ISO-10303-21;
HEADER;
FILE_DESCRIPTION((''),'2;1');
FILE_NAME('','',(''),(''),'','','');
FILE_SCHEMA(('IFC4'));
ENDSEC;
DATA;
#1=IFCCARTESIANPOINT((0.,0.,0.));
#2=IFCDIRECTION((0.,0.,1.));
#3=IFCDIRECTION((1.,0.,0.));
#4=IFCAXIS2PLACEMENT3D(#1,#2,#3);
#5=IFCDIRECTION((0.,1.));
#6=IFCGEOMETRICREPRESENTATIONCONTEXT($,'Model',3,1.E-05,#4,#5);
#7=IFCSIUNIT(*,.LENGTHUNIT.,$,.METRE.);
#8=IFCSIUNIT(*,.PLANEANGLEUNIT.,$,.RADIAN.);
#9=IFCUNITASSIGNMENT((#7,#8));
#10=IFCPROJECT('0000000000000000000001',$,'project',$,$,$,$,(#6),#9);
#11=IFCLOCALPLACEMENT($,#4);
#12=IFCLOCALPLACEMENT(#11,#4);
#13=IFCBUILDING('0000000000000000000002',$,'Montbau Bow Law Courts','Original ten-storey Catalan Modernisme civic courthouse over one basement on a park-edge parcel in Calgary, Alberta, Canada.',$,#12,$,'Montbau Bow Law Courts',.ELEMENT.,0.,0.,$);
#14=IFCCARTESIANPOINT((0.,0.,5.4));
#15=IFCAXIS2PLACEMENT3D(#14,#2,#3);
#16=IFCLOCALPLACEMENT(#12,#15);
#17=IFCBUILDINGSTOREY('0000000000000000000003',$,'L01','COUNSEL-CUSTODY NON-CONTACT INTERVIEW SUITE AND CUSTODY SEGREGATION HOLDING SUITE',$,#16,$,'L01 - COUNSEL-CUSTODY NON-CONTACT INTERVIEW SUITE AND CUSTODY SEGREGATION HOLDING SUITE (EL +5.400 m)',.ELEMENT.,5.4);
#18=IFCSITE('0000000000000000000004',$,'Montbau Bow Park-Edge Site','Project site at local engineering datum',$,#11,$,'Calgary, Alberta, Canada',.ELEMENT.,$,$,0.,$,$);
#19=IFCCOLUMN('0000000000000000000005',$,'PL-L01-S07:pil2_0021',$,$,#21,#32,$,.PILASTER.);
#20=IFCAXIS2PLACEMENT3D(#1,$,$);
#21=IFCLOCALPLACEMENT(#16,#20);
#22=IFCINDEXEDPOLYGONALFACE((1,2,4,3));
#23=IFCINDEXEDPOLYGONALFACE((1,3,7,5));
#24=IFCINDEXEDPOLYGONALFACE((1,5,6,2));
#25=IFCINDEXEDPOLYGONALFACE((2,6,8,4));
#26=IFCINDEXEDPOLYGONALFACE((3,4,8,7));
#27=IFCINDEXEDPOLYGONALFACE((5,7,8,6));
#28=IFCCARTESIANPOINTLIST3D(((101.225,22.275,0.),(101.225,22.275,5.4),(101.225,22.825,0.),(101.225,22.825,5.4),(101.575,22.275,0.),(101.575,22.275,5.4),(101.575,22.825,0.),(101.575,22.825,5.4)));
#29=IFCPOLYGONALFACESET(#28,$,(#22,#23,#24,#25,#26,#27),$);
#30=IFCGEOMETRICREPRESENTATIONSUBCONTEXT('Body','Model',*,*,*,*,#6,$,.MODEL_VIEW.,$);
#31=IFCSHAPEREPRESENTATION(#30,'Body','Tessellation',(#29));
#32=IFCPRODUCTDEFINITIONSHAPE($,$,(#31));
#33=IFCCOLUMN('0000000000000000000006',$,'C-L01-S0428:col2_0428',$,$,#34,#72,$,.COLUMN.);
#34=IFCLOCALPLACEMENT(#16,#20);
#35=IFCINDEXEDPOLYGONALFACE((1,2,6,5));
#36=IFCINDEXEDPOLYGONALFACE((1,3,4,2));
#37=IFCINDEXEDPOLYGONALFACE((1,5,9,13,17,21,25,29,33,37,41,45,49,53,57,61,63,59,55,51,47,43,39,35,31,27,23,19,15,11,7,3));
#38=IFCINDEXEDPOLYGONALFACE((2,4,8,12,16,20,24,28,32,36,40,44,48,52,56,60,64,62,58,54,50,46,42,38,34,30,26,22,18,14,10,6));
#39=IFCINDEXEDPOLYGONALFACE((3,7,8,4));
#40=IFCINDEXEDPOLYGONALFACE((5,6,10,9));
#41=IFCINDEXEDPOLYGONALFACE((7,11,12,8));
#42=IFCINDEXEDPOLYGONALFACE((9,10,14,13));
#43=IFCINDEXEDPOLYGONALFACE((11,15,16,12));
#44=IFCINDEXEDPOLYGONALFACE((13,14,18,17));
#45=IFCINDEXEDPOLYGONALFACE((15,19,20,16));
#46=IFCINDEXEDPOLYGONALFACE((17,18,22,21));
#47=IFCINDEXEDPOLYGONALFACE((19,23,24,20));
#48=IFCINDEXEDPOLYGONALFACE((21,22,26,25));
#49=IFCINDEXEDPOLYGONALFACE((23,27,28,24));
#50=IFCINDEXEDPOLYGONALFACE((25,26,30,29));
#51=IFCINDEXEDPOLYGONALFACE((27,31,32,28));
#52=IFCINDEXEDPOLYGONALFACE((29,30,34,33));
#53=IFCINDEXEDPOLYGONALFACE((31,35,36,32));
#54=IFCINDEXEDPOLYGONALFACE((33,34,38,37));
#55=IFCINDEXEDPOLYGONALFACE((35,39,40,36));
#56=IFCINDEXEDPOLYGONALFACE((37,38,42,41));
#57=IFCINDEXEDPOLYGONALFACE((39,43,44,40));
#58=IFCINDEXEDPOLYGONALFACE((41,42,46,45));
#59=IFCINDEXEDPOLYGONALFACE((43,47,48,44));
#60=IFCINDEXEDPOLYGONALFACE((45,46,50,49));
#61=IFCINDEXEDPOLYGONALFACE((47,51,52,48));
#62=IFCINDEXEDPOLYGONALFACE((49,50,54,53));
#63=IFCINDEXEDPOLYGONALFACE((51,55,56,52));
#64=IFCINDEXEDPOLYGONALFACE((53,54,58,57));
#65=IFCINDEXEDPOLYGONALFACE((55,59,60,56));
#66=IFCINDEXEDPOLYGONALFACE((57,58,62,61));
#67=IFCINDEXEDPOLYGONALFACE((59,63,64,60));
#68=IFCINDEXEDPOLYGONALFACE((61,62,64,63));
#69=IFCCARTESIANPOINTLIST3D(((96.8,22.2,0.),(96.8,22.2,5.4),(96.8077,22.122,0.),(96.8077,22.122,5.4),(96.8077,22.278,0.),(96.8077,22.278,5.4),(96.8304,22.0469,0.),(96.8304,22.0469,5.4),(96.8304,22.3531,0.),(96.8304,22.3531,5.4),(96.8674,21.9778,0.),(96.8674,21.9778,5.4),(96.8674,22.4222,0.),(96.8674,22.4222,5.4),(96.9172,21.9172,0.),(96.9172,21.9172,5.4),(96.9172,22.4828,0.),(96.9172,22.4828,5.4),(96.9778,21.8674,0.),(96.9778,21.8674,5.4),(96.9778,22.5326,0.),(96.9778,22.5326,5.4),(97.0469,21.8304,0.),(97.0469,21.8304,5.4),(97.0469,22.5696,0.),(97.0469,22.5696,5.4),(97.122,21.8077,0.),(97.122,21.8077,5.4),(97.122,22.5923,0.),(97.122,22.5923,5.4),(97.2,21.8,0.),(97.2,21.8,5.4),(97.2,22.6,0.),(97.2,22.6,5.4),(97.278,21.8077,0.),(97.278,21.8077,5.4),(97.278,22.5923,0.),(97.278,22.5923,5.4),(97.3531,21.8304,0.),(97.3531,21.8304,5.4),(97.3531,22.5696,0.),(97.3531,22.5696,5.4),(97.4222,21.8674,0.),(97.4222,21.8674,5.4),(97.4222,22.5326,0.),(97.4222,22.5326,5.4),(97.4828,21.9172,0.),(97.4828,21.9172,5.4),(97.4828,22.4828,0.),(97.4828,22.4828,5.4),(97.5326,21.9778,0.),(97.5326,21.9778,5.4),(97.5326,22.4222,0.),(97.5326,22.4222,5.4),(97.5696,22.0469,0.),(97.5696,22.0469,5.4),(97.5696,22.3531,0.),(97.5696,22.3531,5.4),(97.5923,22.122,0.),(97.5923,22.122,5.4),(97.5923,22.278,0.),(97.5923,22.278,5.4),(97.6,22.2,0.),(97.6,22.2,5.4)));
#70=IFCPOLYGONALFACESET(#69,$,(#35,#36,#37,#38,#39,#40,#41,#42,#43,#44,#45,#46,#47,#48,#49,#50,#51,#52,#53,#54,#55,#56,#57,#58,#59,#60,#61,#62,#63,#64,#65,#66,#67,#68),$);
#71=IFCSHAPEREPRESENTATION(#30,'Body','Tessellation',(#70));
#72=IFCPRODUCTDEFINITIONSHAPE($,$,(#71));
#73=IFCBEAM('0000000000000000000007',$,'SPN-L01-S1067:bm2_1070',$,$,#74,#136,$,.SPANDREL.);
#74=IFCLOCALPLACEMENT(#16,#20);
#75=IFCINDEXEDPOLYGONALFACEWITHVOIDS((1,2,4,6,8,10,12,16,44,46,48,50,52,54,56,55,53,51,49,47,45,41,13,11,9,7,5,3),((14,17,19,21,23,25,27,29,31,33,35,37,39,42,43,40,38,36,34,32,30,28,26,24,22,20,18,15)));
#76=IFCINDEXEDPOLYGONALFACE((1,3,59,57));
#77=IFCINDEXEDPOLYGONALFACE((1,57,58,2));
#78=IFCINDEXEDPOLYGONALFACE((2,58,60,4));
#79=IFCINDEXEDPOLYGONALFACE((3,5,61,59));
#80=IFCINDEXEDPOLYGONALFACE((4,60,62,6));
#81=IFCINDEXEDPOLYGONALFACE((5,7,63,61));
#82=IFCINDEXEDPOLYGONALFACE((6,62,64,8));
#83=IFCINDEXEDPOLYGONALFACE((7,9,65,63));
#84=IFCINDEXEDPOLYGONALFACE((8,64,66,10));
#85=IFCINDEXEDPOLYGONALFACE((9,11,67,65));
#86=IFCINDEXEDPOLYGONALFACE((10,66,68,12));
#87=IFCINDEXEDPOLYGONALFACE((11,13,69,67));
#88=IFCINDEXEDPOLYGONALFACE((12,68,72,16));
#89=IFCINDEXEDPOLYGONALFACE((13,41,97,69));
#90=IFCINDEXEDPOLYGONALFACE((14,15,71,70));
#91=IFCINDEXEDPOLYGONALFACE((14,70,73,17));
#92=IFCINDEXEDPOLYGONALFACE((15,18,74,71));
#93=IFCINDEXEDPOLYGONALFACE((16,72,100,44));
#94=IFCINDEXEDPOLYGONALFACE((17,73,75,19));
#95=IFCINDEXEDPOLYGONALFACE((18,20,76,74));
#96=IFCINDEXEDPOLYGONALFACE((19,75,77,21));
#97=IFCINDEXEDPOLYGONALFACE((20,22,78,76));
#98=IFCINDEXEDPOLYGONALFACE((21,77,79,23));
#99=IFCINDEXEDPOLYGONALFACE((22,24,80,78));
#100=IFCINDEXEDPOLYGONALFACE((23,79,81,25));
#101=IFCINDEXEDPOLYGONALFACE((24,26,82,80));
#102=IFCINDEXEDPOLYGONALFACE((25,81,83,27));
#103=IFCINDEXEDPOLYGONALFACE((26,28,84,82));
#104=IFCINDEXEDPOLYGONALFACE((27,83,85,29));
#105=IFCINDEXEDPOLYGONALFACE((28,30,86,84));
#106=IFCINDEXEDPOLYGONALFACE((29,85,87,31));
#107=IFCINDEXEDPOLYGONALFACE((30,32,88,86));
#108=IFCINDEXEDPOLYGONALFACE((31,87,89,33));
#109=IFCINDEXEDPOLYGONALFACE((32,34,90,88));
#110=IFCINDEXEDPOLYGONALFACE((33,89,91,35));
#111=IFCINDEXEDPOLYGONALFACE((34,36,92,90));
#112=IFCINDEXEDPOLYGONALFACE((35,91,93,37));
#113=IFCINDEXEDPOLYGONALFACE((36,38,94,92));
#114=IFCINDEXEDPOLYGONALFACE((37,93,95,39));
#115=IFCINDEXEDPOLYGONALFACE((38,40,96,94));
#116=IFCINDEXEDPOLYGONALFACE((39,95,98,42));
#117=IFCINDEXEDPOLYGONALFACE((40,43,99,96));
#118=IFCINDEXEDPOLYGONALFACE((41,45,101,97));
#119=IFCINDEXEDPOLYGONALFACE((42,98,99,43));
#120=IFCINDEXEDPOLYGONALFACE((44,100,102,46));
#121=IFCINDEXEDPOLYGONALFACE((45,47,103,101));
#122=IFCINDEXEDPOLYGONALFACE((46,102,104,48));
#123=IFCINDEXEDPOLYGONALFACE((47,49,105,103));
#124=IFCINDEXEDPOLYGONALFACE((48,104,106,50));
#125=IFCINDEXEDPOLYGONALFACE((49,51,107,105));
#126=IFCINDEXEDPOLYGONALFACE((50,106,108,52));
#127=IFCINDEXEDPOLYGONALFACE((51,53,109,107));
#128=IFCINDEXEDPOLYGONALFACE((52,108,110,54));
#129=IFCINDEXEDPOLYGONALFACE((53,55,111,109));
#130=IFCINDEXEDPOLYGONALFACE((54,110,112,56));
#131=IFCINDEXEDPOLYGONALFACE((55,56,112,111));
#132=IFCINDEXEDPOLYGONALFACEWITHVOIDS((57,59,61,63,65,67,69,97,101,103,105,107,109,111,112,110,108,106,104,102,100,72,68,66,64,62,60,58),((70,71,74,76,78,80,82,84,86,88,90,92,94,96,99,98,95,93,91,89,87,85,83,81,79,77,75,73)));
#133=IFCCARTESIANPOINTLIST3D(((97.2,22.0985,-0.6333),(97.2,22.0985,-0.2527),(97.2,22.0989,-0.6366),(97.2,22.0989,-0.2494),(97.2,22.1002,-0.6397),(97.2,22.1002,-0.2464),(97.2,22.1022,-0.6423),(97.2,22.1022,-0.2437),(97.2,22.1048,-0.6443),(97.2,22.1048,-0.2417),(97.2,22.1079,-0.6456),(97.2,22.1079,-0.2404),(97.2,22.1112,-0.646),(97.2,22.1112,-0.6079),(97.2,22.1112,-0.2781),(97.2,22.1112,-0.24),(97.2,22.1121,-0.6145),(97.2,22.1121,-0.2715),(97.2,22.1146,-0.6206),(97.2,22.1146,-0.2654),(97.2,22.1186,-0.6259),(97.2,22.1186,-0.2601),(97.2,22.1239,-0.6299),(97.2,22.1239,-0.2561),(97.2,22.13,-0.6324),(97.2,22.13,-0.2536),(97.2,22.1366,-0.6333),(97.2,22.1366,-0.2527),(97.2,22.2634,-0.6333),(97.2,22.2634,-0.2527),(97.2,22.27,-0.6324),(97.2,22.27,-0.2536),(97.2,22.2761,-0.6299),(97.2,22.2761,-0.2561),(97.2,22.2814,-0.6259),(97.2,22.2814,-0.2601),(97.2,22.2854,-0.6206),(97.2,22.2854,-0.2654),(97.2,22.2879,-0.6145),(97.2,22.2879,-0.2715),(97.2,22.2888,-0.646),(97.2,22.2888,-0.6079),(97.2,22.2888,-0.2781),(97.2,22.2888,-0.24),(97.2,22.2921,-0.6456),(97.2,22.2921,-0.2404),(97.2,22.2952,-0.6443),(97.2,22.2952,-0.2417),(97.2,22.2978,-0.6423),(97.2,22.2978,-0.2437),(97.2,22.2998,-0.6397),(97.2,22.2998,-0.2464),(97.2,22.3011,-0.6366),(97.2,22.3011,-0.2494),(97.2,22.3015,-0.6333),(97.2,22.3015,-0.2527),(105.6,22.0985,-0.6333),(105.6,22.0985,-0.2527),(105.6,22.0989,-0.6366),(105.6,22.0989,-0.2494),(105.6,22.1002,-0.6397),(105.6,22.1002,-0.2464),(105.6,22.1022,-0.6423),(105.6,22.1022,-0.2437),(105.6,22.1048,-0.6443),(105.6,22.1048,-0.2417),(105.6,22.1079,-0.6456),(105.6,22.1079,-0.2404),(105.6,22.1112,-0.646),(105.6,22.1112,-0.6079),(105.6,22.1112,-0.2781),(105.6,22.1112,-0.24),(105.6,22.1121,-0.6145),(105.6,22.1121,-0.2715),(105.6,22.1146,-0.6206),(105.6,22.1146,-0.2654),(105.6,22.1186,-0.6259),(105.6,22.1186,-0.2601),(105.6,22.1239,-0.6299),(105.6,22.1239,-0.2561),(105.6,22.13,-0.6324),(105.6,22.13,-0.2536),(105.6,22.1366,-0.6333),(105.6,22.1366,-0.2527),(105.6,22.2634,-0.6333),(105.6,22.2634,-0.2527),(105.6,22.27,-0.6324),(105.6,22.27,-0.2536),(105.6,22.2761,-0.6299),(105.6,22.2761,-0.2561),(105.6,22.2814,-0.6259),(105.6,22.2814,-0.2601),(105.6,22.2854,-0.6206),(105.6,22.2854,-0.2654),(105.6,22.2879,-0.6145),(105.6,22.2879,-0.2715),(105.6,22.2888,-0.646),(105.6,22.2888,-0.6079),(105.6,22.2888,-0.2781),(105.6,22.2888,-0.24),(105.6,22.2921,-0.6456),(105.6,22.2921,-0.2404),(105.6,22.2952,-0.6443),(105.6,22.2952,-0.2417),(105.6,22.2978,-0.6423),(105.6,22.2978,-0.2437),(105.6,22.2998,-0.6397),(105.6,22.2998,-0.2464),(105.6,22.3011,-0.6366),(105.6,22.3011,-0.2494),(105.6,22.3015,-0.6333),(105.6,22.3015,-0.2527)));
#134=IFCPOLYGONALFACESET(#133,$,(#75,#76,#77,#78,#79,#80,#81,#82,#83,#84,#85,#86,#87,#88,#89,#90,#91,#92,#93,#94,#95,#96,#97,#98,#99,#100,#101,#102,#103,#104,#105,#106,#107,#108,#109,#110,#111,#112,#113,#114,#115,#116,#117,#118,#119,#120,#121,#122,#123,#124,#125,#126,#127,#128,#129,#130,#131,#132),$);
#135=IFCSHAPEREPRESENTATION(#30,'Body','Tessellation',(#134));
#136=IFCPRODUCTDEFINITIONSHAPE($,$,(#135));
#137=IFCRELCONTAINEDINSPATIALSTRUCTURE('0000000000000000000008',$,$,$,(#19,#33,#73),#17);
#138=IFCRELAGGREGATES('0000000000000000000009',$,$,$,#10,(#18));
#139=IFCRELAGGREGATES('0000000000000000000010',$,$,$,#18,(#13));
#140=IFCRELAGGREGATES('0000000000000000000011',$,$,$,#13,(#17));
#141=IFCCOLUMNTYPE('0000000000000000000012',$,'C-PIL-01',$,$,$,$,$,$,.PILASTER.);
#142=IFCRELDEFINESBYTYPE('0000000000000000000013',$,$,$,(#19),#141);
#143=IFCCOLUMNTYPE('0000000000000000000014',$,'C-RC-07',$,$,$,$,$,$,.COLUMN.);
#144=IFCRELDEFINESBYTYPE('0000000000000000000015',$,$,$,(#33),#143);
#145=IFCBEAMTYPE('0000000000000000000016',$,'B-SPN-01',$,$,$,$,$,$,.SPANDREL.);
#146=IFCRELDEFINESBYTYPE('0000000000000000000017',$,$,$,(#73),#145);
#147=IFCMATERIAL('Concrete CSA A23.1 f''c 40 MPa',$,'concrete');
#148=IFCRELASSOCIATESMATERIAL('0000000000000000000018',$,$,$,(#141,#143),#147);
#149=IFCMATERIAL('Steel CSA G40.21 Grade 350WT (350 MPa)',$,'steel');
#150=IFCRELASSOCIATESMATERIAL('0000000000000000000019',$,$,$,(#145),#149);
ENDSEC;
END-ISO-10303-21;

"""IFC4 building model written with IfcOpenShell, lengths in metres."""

from ifc_helpers import new_model, si_unit, direction, frame, origin_with_axes, origin_2d_with_axis, place, context, subcontext, project, spatial, rectangle, hollow_rectangle, circle, extrude, material, material_profile, profile_set, type_object, element, save


model = new_model("IFC4")

# Units and contexts
model_context = context("Model", 3, precision=1e-05, world=origin_with_axes(), true_north=direction((0.0, 1.0)))
body_context = subcontext(model_context, "Body", "Model", "MODEL_VIEW")
ifc_project = project(units=[si_unit("LENGTHUNIT", "METRE"), si_unit("PLANEANGLEUNIT", "RADIAN")], contexts=[model_context])

# Site, building, storey
site_placement = place(None, origin_with_axes())
site = spatial("IfcSite", under=ifc_project, at=site_placement, Name="Montbau Bow Park-Edge Site", Description="Project site at local engineering datum", LongName="Calgary, Alberta, Canada", CompositionType="ELEMENT", RefElevation=0.0)
building_placement = place(site_placement, origin_with_axes())
building = spatial("IfcBuilding", under=site, at=building_placement, Name="Montbau Bow Law Courts", Description="Original ten-storey Catalan Modernisme civic courthouse over one basement on a park-edge parcel in Calgary, Alberta, Canada.", LongName="Montbau Bow Law Courts", CompositionType="ELEMENT", ElevationOfRefHeight=0.0, ElevationOfTerrain=0.0)
storey_placement = place(building_placement, frame((0.0, 0.0, 5.4), z_axis=(0.0, 0.0, 1.0), x_axis=(1.0, 0.0, 0.0)))
storey = spatial("IfcBuildingStorey", under=building, at=storey_placement, Name="L01", Description="COUNSEL-CUSTODY NON-CONTACT INTERVIEW SUITE AND CUSTODY SEGREGATION HOLDING SUITE", LongName="L01 - COUNSEL-CUSTODY NON-CONTACT INTERVIEW SUITE AND CUSTODY SEGREGATION HOLDING SUITE (EL +5.400 m)", CompositionType="ELEMENT", Elevation=5.4)

# Columns
ifc_material_1 = material(Name="Concrete CSA A23.1 f'c 40 MPa", Category="concrete")
ifc_material_profile_1 = material_profile(ifc_material_1, rectangle(XDim=0.35, YDim=0.55, at=origin_2d_with_axis()), Name="RC550X350", Category="Main", Priority=0)
ifc_profile_set_1 = profile_set([ifc_material_profile_1], Name="Concrete CSA A23.1 f'c 40 MPa")
column_type_1 = type_object("IfcColumnType", Name="C-PIL-01", PredefinedType="PILASTER", material=ifc_profile_set_1)
column_1_placement = place(None, frame((101.4, 22.55, 5.4), z_axis=(0.0, 0.0, 1.0), x_axis=(1.0, 0.0, 0.0)))
element("IfcColumn", 1, at=column_1_placement, inside=storey, type_object=column_type_1, Name="PL-L01-S07:pil2_0021", PredefinedType="PILASTER", context=body_context, shape_type="SweptSolid", body=[
    extrude(rectangle(XDim=0.35, YDim=0.55, at=origin_2d_with_axis()), origin_with_axes(), (0.0, 0.0, 1.0), 5.4),
])
ifc_material_profile_2 = material_profile(ifc_material_1, circle(Radius=0.4, at=origin_2d_with_axis()), Name="RC800D", Category="Main", Priority=0)
ifc_profile_set_2 = profile_set([ifc_material_profile_2], Name="Concrete CSA A23.1 f'c 40 MPa")
column_type_2 = type_object("IfcColumnType", Name="C-RC-07", PredefinedType="COLUMN", material=ifc_profile_set_2)
column_2_placement = place(None, frame((97.2, 22.2, 5.4), z_axis=(0.0, 0.0, 1.0), x_axis=(1.0, 0.0, 0.0)))
element("IfcColumn", 2, at=column_2_placement, inside=storey, type_object=column_type_2, Name="C-L01-S0428:col2_0428", PredefinedType="COLUMN", context=body_context, shape_type="SweptSolid", body=[
    extrude(circle(Radius=0.4, at=origin_2d_with_axis()), origin_with_axes(), (0.0, 0.0, 1.0), 5.4),
])

# Beam
ifc_material_2 = material(Name="Steel CSA G40.21 Grade 350WT (350 MPa)", Category="steel")
ifc_material_profile_3 = material_profile(ifc_material_2, hollow_rectangle(XDim=0.203, YDim=0.406, WallThickness=0.0127, InnerFilletRadius=0.0254, OuterFilletRadius=0.0127, at=origin_2d_with_axis()), Name="HSS406X203X13", Category="Main", Priority=0)
ifc_profile_set_3 = profile_set([ifc_material_profile_3], Name="Steel CSA G40.21 Grade 350WT (350 MPa)")
beam_type = type_object("IfcBeamType", Name="B-SPN-01", PredefinedType="SPANDREL", material=ifc_profile_set_3)
beam_placement = place(None, frame((97.2, 22.2, 4.957), z_axis=(1.0, 0.0, 0.0), x_axis=(0.0, 1.0, 0.0)))
element("IfcBeam", 3, at=beam_placement, inside=storey, type_object=beam_type, Name="SPN-L01-S1067:bm2_1070", PredefinedType="SPANDREL", context=body_context, shape_type="SweptSolid", body=[
    extrude(hollow_rectangle(XDim=0.203, YDim=0.406, WallThickness=0.0127, InnerFilletRadius=0.0254, OuterFilletRadius=0.0127, at=origin_2d_with_axis()), origin_with_axes(), (0.0, 0.0, 1.0), 8.4),
])

save(model, "model.ifc")
